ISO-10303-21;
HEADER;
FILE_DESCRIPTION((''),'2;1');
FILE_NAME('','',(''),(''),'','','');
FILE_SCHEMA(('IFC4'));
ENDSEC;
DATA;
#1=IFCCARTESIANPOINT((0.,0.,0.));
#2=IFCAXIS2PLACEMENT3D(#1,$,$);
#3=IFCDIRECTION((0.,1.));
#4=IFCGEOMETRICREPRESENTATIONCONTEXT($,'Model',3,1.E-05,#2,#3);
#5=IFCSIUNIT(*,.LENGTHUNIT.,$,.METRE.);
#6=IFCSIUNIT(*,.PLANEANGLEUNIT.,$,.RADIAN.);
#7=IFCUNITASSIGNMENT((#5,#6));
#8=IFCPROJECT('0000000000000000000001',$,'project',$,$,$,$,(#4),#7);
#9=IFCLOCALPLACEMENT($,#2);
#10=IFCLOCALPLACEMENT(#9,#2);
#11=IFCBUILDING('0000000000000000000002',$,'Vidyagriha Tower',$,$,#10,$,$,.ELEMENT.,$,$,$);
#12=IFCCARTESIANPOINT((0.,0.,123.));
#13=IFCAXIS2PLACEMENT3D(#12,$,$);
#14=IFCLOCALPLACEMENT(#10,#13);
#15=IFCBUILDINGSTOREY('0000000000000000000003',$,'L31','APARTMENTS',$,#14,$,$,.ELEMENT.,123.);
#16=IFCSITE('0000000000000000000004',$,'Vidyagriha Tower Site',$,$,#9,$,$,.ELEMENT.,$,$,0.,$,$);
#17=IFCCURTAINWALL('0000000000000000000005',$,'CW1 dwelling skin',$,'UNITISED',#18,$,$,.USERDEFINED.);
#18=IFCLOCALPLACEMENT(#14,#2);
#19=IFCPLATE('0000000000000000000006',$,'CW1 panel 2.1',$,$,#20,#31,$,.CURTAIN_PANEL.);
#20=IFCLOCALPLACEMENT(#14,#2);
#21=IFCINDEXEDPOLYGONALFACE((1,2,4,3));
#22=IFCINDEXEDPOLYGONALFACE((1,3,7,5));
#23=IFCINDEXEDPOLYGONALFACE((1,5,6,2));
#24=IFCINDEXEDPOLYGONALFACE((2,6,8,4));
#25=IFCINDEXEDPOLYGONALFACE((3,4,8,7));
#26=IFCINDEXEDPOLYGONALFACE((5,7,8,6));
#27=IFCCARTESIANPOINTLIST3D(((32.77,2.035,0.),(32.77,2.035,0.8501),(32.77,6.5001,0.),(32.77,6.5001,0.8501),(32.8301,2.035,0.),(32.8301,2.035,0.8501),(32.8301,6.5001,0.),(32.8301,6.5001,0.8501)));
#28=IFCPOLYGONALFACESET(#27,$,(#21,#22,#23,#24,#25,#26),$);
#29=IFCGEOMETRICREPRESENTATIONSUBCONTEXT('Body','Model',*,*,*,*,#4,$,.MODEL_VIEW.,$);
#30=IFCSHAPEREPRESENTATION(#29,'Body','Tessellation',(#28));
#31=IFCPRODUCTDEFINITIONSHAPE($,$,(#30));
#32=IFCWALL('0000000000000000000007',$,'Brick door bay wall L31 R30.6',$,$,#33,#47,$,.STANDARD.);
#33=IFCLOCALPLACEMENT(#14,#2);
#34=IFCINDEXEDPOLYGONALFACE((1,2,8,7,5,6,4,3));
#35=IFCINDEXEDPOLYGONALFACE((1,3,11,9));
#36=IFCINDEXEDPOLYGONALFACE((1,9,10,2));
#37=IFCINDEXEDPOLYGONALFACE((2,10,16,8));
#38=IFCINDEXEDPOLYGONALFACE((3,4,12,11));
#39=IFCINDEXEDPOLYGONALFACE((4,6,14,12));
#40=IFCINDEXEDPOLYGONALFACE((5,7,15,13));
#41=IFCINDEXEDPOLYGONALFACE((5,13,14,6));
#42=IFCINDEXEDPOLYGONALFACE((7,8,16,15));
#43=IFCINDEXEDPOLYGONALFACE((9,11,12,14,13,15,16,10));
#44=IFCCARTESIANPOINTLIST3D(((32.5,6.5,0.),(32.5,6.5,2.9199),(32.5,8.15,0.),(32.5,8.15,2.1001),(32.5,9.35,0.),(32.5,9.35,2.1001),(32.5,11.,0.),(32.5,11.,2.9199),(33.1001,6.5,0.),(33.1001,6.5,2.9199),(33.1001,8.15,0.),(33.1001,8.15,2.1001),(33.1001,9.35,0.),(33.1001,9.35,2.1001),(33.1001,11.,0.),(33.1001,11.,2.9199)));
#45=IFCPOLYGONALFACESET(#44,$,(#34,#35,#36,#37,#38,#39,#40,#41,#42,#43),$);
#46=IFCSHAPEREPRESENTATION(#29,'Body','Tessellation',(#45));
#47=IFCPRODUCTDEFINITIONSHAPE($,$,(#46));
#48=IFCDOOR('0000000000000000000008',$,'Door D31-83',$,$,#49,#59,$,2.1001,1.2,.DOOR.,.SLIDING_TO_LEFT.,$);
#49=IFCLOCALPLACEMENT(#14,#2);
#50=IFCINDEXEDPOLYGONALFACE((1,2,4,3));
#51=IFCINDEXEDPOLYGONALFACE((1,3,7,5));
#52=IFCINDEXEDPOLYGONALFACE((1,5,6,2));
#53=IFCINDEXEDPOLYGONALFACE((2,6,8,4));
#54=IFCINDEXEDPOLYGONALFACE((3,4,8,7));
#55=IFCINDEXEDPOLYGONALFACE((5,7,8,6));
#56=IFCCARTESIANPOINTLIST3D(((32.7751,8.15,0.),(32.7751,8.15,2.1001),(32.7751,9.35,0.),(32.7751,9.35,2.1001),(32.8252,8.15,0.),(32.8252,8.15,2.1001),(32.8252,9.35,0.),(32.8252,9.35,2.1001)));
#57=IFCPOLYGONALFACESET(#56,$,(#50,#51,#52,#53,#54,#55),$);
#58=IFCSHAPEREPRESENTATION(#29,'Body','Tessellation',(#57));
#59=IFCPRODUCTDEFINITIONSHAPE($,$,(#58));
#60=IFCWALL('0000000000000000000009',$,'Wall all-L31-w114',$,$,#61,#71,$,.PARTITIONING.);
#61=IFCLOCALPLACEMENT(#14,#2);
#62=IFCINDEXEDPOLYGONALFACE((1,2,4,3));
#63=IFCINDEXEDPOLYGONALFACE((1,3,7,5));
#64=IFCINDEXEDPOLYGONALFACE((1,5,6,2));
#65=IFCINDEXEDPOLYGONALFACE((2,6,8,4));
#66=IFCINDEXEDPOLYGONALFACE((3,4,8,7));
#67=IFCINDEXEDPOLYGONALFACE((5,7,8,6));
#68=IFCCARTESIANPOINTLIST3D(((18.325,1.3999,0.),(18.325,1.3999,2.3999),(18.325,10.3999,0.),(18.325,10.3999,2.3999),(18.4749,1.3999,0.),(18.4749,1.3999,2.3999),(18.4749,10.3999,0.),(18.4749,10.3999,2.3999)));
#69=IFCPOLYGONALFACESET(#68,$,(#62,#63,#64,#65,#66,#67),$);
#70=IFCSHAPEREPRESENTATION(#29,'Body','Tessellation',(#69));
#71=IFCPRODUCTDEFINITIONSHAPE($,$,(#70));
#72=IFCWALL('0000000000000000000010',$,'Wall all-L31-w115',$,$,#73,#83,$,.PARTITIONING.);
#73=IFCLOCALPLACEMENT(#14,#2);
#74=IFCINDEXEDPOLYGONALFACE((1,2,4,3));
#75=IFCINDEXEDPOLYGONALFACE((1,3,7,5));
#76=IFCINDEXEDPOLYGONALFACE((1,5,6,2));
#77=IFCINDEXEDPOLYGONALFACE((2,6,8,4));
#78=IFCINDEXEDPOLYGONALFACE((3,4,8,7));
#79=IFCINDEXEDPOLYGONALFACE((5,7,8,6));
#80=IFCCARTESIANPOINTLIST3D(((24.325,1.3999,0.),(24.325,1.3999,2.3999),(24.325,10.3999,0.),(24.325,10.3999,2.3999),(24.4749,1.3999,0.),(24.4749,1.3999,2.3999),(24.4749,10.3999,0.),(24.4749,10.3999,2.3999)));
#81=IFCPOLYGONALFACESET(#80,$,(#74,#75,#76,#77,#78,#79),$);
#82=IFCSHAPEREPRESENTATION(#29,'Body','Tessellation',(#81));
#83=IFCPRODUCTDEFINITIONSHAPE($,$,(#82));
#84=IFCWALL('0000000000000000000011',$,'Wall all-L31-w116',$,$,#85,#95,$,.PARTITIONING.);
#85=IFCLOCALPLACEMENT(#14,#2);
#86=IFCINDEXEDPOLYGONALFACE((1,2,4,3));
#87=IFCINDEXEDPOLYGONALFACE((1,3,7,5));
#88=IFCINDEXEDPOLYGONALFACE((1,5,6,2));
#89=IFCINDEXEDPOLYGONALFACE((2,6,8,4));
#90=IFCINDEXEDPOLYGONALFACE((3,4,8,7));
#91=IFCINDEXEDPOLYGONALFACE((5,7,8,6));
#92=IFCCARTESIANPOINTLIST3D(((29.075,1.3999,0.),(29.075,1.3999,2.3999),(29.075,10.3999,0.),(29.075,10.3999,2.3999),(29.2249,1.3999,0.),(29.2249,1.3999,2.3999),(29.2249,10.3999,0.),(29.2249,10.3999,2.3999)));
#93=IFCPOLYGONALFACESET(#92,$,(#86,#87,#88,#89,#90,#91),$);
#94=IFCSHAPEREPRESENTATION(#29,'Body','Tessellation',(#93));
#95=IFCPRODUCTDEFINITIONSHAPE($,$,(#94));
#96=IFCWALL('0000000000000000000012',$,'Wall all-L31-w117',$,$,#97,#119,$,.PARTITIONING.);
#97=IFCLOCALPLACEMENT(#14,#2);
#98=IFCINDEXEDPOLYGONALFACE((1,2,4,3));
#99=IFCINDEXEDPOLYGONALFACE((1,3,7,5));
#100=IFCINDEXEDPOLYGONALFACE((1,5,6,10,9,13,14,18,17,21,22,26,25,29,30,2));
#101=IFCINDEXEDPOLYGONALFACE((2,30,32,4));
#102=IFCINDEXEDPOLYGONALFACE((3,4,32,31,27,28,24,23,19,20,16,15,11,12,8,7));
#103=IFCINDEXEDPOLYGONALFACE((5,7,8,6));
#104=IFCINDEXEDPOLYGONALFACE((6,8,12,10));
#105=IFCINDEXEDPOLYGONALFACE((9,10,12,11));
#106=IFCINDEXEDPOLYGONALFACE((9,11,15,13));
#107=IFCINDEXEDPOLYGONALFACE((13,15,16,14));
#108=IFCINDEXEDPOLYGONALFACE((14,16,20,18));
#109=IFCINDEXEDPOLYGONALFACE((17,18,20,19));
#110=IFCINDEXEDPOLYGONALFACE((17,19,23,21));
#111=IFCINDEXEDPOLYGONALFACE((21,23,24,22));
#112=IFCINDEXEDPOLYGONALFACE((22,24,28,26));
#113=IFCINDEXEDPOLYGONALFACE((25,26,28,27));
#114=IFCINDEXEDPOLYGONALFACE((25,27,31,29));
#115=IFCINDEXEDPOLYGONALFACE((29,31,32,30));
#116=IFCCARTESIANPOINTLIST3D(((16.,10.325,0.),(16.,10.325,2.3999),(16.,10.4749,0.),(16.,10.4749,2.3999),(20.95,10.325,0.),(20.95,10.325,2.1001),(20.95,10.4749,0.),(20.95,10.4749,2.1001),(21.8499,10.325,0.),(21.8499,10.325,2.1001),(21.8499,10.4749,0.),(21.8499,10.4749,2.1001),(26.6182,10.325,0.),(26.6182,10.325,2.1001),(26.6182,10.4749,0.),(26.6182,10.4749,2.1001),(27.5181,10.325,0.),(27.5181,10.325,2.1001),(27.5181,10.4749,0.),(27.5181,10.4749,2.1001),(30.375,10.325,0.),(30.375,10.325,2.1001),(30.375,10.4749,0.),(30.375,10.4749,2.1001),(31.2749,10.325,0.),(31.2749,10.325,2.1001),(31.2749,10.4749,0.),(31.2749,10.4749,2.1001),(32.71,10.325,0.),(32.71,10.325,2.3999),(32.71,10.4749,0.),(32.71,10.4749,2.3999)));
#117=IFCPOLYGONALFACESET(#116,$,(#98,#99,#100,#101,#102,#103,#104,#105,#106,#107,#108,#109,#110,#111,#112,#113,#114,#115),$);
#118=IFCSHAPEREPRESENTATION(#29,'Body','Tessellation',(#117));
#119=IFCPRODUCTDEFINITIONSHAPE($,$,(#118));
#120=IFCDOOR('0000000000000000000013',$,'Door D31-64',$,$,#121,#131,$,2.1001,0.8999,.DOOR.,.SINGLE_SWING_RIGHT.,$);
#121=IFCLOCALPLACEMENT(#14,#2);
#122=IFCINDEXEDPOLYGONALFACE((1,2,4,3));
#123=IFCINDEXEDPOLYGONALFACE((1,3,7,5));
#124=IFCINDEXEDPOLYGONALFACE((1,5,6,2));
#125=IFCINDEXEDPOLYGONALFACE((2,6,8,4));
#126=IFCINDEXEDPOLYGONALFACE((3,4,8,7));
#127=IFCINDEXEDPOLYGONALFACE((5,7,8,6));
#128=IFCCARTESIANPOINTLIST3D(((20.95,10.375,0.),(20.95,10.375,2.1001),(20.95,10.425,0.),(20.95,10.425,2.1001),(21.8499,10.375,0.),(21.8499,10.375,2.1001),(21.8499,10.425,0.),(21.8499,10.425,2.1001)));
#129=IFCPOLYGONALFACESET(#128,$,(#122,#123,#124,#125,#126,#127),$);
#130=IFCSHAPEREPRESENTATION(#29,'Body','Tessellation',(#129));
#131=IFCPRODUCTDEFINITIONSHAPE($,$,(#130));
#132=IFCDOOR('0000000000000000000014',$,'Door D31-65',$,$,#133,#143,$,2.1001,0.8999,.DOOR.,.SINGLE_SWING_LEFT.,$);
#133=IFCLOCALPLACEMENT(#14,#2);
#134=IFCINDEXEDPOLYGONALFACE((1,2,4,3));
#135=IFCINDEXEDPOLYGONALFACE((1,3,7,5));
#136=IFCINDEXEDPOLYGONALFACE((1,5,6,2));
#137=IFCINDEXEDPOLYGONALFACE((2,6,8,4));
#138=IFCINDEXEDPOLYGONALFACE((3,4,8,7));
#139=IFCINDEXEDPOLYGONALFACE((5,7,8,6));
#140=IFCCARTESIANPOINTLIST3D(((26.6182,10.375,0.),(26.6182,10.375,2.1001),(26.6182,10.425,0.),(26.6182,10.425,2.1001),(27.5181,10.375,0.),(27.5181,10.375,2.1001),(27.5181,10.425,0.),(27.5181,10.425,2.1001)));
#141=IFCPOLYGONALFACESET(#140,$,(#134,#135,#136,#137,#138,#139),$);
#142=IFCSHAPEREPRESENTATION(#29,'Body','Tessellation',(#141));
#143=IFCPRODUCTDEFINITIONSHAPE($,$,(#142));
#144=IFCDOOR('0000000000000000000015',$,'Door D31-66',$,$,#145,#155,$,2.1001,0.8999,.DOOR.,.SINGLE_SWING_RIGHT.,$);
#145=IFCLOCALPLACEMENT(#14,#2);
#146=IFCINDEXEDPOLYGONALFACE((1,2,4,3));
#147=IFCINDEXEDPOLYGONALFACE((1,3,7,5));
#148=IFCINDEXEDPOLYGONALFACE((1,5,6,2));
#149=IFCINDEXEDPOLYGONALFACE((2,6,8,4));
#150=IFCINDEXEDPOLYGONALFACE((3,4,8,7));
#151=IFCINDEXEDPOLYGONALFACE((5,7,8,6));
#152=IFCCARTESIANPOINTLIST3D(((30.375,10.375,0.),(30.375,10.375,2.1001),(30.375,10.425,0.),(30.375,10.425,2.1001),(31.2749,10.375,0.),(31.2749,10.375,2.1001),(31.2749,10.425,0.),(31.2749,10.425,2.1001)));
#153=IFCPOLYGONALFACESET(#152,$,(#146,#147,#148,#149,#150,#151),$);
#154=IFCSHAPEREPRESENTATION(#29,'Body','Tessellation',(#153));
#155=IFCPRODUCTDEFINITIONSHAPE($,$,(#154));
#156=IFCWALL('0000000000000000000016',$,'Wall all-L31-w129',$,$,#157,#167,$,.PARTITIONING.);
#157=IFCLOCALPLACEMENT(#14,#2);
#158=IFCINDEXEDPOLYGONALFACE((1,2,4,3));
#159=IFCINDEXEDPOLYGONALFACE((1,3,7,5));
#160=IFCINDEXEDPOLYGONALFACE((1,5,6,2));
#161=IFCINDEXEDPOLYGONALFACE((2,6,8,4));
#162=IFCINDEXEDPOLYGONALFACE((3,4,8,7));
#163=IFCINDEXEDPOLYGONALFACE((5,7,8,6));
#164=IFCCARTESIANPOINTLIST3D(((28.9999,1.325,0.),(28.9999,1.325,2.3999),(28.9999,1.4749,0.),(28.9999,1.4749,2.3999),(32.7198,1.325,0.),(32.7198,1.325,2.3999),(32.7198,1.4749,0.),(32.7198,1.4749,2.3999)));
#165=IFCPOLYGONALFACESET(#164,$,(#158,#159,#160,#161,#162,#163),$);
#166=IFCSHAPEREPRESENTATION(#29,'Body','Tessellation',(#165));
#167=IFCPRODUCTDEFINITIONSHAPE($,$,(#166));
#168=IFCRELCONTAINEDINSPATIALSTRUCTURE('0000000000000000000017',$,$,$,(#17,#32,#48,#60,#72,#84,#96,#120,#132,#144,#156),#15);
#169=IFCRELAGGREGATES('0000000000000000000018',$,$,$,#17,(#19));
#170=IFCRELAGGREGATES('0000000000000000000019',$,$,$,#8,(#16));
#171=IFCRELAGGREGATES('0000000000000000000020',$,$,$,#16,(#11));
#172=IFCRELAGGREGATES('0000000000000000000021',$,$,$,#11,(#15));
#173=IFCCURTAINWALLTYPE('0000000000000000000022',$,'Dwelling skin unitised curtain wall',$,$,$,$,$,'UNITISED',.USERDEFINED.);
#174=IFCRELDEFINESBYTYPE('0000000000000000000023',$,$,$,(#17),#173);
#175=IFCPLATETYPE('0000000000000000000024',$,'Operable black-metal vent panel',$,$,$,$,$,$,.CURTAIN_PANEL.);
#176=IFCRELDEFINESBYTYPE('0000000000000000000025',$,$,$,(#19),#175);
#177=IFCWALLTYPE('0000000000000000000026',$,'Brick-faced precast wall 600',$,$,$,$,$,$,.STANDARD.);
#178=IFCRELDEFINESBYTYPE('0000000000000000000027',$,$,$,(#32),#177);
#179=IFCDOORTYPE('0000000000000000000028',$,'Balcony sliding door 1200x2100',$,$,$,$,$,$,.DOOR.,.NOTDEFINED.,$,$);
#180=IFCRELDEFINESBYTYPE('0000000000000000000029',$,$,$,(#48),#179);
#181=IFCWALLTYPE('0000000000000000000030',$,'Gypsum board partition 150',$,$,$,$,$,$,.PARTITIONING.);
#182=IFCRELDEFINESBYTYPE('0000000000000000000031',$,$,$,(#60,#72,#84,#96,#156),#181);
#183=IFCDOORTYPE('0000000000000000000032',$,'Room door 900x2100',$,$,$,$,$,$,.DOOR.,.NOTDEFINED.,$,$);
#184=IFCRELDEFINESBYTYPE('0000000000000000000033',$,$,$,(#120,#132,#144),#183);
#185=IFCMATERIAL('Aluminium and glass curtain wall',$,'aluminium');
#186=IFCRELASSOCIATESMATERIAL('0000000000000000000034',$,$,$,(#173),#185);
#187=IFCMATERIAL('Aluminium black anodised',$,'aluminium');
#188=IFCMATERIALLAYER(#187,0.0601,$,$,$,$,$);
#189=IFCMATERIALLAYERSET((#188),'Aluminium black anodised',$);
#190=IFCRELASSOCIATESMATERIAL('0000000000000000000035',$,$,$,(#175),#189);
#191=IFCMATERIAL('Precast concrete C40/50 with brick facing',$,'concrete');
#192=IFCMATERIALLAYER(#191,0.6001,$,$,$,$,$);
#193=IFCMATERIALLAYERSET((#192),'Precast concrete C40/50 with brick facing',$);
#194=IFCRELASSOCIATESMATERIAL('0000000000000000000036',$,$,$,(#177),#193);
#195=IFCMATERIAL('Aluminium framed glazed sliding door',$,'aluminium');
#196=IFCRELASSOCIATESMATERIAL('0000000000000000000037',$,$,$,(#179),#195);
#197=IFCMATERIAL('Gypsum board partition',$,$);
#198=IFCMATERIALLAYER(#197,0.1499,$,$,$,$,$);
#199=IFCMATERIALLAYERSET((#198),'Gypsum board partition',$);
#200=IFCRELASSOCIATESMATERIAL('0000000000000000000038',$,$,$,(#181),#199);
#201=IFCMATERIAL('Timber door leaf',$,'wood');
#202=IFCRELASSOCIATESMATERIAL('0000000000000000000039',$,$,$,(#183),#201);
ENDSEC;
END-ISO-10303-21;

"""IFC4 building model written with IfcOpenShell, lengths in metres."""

from ifc_helpers import new_model, si_unit, direction, frame, frame_2d, origin, origin_2d, place, context, subcontext, project, spatial, rectangle, extrude, material, layer, layer_set, type_object, element, fill, aggregate, save


model = new_model("IFC4")

# Units and contexts
model_context = context("Model", 3, precision=1e-05, world=origin(), true_north=direction((0.0, 1.0)))
body_context = subcontext(model_context, "Body", "Model", "MODEL_VIEW")
ifc_project = project(units=[si_unit("LENGTHUNIT", "METRE"), si_unit("PLANEANGLEUNIT", "RADIAN")], contexts=[model_context])

# Site, building, storey
site_placement = place(None, origin())
site = spatial("IfcSite", under=ifc_project, at=site_placement, Name="Vidyagriha Tower Site", CompositionType="ELEMENT", RefElevation=0.0)
building_placement = place(site_placement, origin())
building = spatial("IfcBuilding", under=site, at=building_placement, Name="Vidyagriha Tower", CompositionType="ELEMENT")
storey_placement = place(building_placement, frame((0.0, 0.0, 123.0)))
storey = spatial("IfcBuildingStorey", under=building, at=storey_placement, Name="L31", Description="APARTMENTS", CompositionType="ELEMENT", Elevation=123.0)

# Curtain wall
ifc_material_1 = material(Name="Aluminium and glass curtain wall", Category="aluminium")
curtain_wall_type = type_object("IfcCurtainWallType", Name="Dwelling skin unitised curtain wall", ElementType="UNITISED", PredefinedType="USERDEFINED", material=ifc_material_1)
curtain_wall_1_placement = place(storey_placement, origin())
curtain_wall_1 = element("IfcCurtainWall", 1, at=curtain_wall_1_placement, inside=storey, type_object=curtain_wall_type, Name="CW1 dwelling skin", ObjectType="UNITISED", PredefinedType="USERDEFINED")

# Plate
ifc_material_2 = material(Name="Aluminium black anodised", Category="aluminium")
ifc_layer_1 = layer(ifc_material_2, 0.0601)
ifc_layer_set_1 = layer_set([ifc_layer_1], Name="Aluminium black anodised")
plate_type_1 = type_object("IfcPlateType", Name="Operable black-metal vent panel", PredefinedType="CURTAIN_PANEL", material=ifc_layer_set_1)
plate_1_placement = place(storey_placement, frame((32.8, 4.2676, 0.0), z_axis=(0.0, 0.0, 1.0), x_axis=(0.0, 1.0, 0.0)))
plate_1 = element("IfcPlate", 2, at=plate_1_placement, type_object=plate_type_1, Name="CW1 panel 2.1", PredefinedType="CURTAIN_PANEL", context=body_context, shape_type="SweptSolid", body=[
    extrude(rectangle(XDim=4.4651, YDim=0.0601, at=origin_2d()), origin(), (0.0, 0.0, 1.0), 0.8501),
])
aggregate(curtain_wall_1, [plate_1])

# Wall, opening, door
ifc_material_3 = material(Name="Precast concrete C40/50 with brick facing", Category="concrete")
ifc_layer_2 = layer(ifc_material_3, 0.6001)
ifc_layer_set_2 = layer_set([ifc_layer_2], Name="Precast concrete C40/50 with brick facing")
wall_type_1 = type_object("IfcWallType", Name="Brick-faced precast wall 600", PredefinedType="STANDARD", material=ifc_layer_set_2)
wall_1_placement = place(storey_placement, frame((32.8, 6.5, 0.0), z_axis=(0.0, 0.0, 1.0), x_axis=(0.0, 1.0, 0.0)))
wall_1 = element("IfcWall", 3, at=wall_1_placement, inside=storey, type_object=wall_type_1, Name="Brick door bay wall L31 R30.6", PredefinedType="STANDARD", context=body_context, shape_type="SweptSolid", body=[
    extrude(rectangle(XDim=4.5, YDim=0.6001, at=frame_2d((2.25, 0.0))), origin(), (0.0, 0.0, 1.0), 2.9199),
])
opening_1_placement = place(wall_1_placement, frame((1.6499, 0.0, 0.0)))
opening_1 = element("IfcOpeningElement", 4, at=opening_1_placement, cuts=wall_1, PredefinedType="OPENING", context=body_context, shape_type="SweptSolid", body=[
    extrude(rectangle(XDim=1.2, YDim=2.1001, at=frame_2d((0.6001, 1.05))), frame((0.0, 0.3101, 0.0), z_axis=(0.0, -1.0, 0.0), x_axis=(1.0, 0.0, 0.0)), (0.0, 0.0, 1.0), 0.6201),
])
ifc_material_4 = material(Name="Aluminium framed glazed sliding door", Category="aluminium")
door_type_1 = type_object("IfcDoorType", Name="Balcony sliding door 1200x2100", OperationType="NOTDEFINED", PredefinedType="DOOR", material=ifc_material_4)
door_1_placement = place(opening_1_placement, origin())
door_1 = element("IfcDoor", 5, at=door_1_placement, inside=storey, type_object=door_type_1, Name="Door D31-83", OperationType="SLIDING_TO_LEFT", OverallHeight=2.1001, OverallWidth=1.2, PredefinedType="DOOR", context=body_context, shape_type="SweptSolid", body=[
    extrude(rectangle(XDim=1.2, YDim=2.1001, at=frame_2d((0.6001, 1.05))), frame((0.0, 0.0249, 0.0), z_axis=(0.0, -1.0, 0.0), x_axis=(1.0, 0.0, 0.0)), (0.0, 0.0, 1.0), 0.05),
])
fill(opening_1, door_1)

# Walls
ifc_material_5 = material(Name="Gypsum board partition")
ifc_layer_3 = layer(ifc_material_5, 0.1499)
ifc_layer_set_3 = layer_set([ifc_layer_3], Name="Gypsum board partition")
wall_type_2 = type_object("IfcWallType", Name="Gypsum board partition 150", PredefinedType="PARTITIONING", material=ifc_layer_set_3)
for number, where, z_axis, x_axis, name in (
    (6, (18.3999, 10.3999, 0.0), (0.0, 0.0, 1.0), (0.0, -1.0, 0.0), "Wall all-L31-w114"),
    (7, (24.3999, 10.3999, 0.0), (0.0, 0.0, 1.0), (0.0, -1.0, 0.0), "Wall all-L31-w115"),
    (8, (29.1499, 10.3999, 0.0), (0.0, 0.0, 1.0), (0.0, -1.0, 0.0), "Wall all-L31-w116"),
):
    element("IfcWall", number, at=place(storey_placement, frame(where, z_axis=z_axis, x_axis=x_axis)), inside=storey, type_object=wall_type_2, Name=name, PredefinedType="PARTITIONING", context=body_context, shape_type="SweptSolid", body=[
        extrude(rectangle(XDim=9.0, YDim=0.1499, at=frame_2d((4.5, 0.0))), origin(), (0.0, 0.0, 1.0), 2.3999),
    ])

# Wall, openings, doors
wall_2_placement = place(storey_placement, frame((32.71, 10.3999, 0.0), z_axis=(0.0, 0.0, 1.0), x_axis=(-1.0, 0.0, 0.0)))
wall_2 = element("IfcWall", 9, at=wall_2_placement, inside=storey, type_object=wall_type_2, Name="Wall all-L31-w117", PredefinedType="PARTITIONING", context=body_context, shape_type="SweptSolid", body=[
    extrude(rectangle(XDim=16.71, YDim=0.1499, at=frame_2d((8.355, 0.0))), origin(), (0.0, 0.0, 1.0), 2.3999),
])
opening_2_placement = place(wall_2_placement, frame((10.8601, 0.0, 0.0)))
opening_2 = element("IfcOpeningElement", 10, at=opening_2_placement, cuts=wall_2, PredefinedType="OPENING", context=body_context, shape_type="SweptSolid", body=[
    extrude(rectangle(XDim=0.8999, YDim=2.1001, at=frame_2d((0.45, 1.05))), frame((0.0, 0.085, 0.0), z_axis=(0.0, -1.0, 0.0), x_axis=(1.0, 0.0, 0.0)), (0.0, 0.0, 1.0), 0.1699),
])
opening_3_placement = place(wall_2_placement, frame((5.1919, 0.0, 0.0)))
opening_3 = element("IfcOpeningElement", 11, at=opening_3_placement, cuts=wall_2, PredefinedType="OPENING", context=body_context, shape_type="SweptSolid", body=[
    extrude(rectangle(XDim=0.8999, YDim=2.1001, at=frame_2d((0.45, 1.05))), frame((0.0, 0.085, 0.0), z_axis=(0.0, -1.0, 0.0), x_axis=(1.0, 0.0, 0.0)), (0.0, 0.0, 1.0), 0.1699),
])
opening_4_placement = place(wall_2_placement, frame((1.4351, 0.0, 0.0)))
opening_4 = element("IfcOpeningElement", 12, at=opening_4_placement, cuts=wall_2, PredefinedType="OPENING", context=body_context, shape_type="SweptSolid", body=[
    extrude(rectangle(XDim=0.8999, YDim=2.1001, at=frame_2d((0.45, 1.05))), frame((0.0, 0.085, 0.0), z_axis=(0.0, -1.0, 0.0), x_axis=(1.0, 0.0, 0.0)), (0.0, 0.0, 1.0), 0.1699),
])
ifc_material_6 = material(Name="Timber door leaf", Category="wood")
door_type_2 = type_object("IfcDoorType", Name="Room door 900x2100", OperationType="NOTDEFINED", PredefinedType="DOOR", material=ifc_material_6)
door_2_placement = place(opening_2_placement, origin())
door_2 = element("IfcDoor", 13, at=door_2_placement, inside=storey, type_object=door_type_2, Name="Door D31-64", OperationType="SINGLE_SWING_RIGHT", OverallHeight=2.1001, OverallWidth=0.8999, PredefinedType="DOOR", context=body_context, shape_type="SweptSolid", body=[
    extrude(rectangle(XDim=0.8999, YDim=2.1001, at=frame_2d((0.45, 1.05))), frame((0.0, 0.0249, 0.0), z_axis=(0.0, -1.0, 0.0), x_axis=(1.0, 0.0, 0.0)), (0.0, 0.0, 1.0), 0.05),
])
fill(opening_2, door_2)
door_3_placement = place(opening_3_placement, origin())
door_3 = element("IfcDoor", 14, at=door_3_placement, inside=storey, type_object=door_type_2, Name="Door D31-65", OperationType="SINGLE_SWING_LEFT", OverallHeight=2.1001, OverallWidth=0.8999, PredefinedType="DOOR", context=body_context, shape_type="SweptSolid", body=[
    extrude(rectangle(XDim=0.8999, YDim=2.1001, at=frame_2d((0.45, 1.05))), frame((0.0, 0.0249, 0.0), z_axis=(0.0, -1.0, 0.0), x_axis=(1.0, 0.0, 0.0)), (0.0, 0.0, 1.0), 0.05),
])
fill(opening_3, door_3)
door_4_placement = place(opening_4_placement, origin())
door_4 = element("IfcDoor", 15, at=door_4_placement, inside=storey, type_object=door_type_2, Name="Door D31-66", OperationType="SINGLE_SWING_RIGHT", OverallHeight=2.1001, OverallWidth=0.8999, PredefinedType="DOOR", context=body_context, shape_type="SweptSolid", body=[
    extrude(rectangle(XDim=0.8999, YDim=2.1001, at=frame_2d((0.45, 1.05))), frame((0.0, 0.0249, 0.0), z_axis=(0.0, -1.0, 0.0), x_axis=(1.0, 0.0, 0.0)), (0.0, 0.0, 1.0), 0.05),
])
fill(opening_4, door_4)

# Wall
wall_3_placement = place(storey_placement, frame((29.0, 1.3999, 0.0)))
element("IfcWall", 16, at=wall_3_placement, inside=storey, type_object=wall_type_2, Name="Wall all-L31-w129", PredefinedType="PARTITIONING", context=body_context, shape_type="SweptSolid", body=[
    extrude(rectangle(XDim=3.72, YDim=0.1499, at=frame_2d((1.8599, 0.0))), origin(), (0.0, 0.0, 1.0), 2.3999),
])

save(model, "model.ifc")
